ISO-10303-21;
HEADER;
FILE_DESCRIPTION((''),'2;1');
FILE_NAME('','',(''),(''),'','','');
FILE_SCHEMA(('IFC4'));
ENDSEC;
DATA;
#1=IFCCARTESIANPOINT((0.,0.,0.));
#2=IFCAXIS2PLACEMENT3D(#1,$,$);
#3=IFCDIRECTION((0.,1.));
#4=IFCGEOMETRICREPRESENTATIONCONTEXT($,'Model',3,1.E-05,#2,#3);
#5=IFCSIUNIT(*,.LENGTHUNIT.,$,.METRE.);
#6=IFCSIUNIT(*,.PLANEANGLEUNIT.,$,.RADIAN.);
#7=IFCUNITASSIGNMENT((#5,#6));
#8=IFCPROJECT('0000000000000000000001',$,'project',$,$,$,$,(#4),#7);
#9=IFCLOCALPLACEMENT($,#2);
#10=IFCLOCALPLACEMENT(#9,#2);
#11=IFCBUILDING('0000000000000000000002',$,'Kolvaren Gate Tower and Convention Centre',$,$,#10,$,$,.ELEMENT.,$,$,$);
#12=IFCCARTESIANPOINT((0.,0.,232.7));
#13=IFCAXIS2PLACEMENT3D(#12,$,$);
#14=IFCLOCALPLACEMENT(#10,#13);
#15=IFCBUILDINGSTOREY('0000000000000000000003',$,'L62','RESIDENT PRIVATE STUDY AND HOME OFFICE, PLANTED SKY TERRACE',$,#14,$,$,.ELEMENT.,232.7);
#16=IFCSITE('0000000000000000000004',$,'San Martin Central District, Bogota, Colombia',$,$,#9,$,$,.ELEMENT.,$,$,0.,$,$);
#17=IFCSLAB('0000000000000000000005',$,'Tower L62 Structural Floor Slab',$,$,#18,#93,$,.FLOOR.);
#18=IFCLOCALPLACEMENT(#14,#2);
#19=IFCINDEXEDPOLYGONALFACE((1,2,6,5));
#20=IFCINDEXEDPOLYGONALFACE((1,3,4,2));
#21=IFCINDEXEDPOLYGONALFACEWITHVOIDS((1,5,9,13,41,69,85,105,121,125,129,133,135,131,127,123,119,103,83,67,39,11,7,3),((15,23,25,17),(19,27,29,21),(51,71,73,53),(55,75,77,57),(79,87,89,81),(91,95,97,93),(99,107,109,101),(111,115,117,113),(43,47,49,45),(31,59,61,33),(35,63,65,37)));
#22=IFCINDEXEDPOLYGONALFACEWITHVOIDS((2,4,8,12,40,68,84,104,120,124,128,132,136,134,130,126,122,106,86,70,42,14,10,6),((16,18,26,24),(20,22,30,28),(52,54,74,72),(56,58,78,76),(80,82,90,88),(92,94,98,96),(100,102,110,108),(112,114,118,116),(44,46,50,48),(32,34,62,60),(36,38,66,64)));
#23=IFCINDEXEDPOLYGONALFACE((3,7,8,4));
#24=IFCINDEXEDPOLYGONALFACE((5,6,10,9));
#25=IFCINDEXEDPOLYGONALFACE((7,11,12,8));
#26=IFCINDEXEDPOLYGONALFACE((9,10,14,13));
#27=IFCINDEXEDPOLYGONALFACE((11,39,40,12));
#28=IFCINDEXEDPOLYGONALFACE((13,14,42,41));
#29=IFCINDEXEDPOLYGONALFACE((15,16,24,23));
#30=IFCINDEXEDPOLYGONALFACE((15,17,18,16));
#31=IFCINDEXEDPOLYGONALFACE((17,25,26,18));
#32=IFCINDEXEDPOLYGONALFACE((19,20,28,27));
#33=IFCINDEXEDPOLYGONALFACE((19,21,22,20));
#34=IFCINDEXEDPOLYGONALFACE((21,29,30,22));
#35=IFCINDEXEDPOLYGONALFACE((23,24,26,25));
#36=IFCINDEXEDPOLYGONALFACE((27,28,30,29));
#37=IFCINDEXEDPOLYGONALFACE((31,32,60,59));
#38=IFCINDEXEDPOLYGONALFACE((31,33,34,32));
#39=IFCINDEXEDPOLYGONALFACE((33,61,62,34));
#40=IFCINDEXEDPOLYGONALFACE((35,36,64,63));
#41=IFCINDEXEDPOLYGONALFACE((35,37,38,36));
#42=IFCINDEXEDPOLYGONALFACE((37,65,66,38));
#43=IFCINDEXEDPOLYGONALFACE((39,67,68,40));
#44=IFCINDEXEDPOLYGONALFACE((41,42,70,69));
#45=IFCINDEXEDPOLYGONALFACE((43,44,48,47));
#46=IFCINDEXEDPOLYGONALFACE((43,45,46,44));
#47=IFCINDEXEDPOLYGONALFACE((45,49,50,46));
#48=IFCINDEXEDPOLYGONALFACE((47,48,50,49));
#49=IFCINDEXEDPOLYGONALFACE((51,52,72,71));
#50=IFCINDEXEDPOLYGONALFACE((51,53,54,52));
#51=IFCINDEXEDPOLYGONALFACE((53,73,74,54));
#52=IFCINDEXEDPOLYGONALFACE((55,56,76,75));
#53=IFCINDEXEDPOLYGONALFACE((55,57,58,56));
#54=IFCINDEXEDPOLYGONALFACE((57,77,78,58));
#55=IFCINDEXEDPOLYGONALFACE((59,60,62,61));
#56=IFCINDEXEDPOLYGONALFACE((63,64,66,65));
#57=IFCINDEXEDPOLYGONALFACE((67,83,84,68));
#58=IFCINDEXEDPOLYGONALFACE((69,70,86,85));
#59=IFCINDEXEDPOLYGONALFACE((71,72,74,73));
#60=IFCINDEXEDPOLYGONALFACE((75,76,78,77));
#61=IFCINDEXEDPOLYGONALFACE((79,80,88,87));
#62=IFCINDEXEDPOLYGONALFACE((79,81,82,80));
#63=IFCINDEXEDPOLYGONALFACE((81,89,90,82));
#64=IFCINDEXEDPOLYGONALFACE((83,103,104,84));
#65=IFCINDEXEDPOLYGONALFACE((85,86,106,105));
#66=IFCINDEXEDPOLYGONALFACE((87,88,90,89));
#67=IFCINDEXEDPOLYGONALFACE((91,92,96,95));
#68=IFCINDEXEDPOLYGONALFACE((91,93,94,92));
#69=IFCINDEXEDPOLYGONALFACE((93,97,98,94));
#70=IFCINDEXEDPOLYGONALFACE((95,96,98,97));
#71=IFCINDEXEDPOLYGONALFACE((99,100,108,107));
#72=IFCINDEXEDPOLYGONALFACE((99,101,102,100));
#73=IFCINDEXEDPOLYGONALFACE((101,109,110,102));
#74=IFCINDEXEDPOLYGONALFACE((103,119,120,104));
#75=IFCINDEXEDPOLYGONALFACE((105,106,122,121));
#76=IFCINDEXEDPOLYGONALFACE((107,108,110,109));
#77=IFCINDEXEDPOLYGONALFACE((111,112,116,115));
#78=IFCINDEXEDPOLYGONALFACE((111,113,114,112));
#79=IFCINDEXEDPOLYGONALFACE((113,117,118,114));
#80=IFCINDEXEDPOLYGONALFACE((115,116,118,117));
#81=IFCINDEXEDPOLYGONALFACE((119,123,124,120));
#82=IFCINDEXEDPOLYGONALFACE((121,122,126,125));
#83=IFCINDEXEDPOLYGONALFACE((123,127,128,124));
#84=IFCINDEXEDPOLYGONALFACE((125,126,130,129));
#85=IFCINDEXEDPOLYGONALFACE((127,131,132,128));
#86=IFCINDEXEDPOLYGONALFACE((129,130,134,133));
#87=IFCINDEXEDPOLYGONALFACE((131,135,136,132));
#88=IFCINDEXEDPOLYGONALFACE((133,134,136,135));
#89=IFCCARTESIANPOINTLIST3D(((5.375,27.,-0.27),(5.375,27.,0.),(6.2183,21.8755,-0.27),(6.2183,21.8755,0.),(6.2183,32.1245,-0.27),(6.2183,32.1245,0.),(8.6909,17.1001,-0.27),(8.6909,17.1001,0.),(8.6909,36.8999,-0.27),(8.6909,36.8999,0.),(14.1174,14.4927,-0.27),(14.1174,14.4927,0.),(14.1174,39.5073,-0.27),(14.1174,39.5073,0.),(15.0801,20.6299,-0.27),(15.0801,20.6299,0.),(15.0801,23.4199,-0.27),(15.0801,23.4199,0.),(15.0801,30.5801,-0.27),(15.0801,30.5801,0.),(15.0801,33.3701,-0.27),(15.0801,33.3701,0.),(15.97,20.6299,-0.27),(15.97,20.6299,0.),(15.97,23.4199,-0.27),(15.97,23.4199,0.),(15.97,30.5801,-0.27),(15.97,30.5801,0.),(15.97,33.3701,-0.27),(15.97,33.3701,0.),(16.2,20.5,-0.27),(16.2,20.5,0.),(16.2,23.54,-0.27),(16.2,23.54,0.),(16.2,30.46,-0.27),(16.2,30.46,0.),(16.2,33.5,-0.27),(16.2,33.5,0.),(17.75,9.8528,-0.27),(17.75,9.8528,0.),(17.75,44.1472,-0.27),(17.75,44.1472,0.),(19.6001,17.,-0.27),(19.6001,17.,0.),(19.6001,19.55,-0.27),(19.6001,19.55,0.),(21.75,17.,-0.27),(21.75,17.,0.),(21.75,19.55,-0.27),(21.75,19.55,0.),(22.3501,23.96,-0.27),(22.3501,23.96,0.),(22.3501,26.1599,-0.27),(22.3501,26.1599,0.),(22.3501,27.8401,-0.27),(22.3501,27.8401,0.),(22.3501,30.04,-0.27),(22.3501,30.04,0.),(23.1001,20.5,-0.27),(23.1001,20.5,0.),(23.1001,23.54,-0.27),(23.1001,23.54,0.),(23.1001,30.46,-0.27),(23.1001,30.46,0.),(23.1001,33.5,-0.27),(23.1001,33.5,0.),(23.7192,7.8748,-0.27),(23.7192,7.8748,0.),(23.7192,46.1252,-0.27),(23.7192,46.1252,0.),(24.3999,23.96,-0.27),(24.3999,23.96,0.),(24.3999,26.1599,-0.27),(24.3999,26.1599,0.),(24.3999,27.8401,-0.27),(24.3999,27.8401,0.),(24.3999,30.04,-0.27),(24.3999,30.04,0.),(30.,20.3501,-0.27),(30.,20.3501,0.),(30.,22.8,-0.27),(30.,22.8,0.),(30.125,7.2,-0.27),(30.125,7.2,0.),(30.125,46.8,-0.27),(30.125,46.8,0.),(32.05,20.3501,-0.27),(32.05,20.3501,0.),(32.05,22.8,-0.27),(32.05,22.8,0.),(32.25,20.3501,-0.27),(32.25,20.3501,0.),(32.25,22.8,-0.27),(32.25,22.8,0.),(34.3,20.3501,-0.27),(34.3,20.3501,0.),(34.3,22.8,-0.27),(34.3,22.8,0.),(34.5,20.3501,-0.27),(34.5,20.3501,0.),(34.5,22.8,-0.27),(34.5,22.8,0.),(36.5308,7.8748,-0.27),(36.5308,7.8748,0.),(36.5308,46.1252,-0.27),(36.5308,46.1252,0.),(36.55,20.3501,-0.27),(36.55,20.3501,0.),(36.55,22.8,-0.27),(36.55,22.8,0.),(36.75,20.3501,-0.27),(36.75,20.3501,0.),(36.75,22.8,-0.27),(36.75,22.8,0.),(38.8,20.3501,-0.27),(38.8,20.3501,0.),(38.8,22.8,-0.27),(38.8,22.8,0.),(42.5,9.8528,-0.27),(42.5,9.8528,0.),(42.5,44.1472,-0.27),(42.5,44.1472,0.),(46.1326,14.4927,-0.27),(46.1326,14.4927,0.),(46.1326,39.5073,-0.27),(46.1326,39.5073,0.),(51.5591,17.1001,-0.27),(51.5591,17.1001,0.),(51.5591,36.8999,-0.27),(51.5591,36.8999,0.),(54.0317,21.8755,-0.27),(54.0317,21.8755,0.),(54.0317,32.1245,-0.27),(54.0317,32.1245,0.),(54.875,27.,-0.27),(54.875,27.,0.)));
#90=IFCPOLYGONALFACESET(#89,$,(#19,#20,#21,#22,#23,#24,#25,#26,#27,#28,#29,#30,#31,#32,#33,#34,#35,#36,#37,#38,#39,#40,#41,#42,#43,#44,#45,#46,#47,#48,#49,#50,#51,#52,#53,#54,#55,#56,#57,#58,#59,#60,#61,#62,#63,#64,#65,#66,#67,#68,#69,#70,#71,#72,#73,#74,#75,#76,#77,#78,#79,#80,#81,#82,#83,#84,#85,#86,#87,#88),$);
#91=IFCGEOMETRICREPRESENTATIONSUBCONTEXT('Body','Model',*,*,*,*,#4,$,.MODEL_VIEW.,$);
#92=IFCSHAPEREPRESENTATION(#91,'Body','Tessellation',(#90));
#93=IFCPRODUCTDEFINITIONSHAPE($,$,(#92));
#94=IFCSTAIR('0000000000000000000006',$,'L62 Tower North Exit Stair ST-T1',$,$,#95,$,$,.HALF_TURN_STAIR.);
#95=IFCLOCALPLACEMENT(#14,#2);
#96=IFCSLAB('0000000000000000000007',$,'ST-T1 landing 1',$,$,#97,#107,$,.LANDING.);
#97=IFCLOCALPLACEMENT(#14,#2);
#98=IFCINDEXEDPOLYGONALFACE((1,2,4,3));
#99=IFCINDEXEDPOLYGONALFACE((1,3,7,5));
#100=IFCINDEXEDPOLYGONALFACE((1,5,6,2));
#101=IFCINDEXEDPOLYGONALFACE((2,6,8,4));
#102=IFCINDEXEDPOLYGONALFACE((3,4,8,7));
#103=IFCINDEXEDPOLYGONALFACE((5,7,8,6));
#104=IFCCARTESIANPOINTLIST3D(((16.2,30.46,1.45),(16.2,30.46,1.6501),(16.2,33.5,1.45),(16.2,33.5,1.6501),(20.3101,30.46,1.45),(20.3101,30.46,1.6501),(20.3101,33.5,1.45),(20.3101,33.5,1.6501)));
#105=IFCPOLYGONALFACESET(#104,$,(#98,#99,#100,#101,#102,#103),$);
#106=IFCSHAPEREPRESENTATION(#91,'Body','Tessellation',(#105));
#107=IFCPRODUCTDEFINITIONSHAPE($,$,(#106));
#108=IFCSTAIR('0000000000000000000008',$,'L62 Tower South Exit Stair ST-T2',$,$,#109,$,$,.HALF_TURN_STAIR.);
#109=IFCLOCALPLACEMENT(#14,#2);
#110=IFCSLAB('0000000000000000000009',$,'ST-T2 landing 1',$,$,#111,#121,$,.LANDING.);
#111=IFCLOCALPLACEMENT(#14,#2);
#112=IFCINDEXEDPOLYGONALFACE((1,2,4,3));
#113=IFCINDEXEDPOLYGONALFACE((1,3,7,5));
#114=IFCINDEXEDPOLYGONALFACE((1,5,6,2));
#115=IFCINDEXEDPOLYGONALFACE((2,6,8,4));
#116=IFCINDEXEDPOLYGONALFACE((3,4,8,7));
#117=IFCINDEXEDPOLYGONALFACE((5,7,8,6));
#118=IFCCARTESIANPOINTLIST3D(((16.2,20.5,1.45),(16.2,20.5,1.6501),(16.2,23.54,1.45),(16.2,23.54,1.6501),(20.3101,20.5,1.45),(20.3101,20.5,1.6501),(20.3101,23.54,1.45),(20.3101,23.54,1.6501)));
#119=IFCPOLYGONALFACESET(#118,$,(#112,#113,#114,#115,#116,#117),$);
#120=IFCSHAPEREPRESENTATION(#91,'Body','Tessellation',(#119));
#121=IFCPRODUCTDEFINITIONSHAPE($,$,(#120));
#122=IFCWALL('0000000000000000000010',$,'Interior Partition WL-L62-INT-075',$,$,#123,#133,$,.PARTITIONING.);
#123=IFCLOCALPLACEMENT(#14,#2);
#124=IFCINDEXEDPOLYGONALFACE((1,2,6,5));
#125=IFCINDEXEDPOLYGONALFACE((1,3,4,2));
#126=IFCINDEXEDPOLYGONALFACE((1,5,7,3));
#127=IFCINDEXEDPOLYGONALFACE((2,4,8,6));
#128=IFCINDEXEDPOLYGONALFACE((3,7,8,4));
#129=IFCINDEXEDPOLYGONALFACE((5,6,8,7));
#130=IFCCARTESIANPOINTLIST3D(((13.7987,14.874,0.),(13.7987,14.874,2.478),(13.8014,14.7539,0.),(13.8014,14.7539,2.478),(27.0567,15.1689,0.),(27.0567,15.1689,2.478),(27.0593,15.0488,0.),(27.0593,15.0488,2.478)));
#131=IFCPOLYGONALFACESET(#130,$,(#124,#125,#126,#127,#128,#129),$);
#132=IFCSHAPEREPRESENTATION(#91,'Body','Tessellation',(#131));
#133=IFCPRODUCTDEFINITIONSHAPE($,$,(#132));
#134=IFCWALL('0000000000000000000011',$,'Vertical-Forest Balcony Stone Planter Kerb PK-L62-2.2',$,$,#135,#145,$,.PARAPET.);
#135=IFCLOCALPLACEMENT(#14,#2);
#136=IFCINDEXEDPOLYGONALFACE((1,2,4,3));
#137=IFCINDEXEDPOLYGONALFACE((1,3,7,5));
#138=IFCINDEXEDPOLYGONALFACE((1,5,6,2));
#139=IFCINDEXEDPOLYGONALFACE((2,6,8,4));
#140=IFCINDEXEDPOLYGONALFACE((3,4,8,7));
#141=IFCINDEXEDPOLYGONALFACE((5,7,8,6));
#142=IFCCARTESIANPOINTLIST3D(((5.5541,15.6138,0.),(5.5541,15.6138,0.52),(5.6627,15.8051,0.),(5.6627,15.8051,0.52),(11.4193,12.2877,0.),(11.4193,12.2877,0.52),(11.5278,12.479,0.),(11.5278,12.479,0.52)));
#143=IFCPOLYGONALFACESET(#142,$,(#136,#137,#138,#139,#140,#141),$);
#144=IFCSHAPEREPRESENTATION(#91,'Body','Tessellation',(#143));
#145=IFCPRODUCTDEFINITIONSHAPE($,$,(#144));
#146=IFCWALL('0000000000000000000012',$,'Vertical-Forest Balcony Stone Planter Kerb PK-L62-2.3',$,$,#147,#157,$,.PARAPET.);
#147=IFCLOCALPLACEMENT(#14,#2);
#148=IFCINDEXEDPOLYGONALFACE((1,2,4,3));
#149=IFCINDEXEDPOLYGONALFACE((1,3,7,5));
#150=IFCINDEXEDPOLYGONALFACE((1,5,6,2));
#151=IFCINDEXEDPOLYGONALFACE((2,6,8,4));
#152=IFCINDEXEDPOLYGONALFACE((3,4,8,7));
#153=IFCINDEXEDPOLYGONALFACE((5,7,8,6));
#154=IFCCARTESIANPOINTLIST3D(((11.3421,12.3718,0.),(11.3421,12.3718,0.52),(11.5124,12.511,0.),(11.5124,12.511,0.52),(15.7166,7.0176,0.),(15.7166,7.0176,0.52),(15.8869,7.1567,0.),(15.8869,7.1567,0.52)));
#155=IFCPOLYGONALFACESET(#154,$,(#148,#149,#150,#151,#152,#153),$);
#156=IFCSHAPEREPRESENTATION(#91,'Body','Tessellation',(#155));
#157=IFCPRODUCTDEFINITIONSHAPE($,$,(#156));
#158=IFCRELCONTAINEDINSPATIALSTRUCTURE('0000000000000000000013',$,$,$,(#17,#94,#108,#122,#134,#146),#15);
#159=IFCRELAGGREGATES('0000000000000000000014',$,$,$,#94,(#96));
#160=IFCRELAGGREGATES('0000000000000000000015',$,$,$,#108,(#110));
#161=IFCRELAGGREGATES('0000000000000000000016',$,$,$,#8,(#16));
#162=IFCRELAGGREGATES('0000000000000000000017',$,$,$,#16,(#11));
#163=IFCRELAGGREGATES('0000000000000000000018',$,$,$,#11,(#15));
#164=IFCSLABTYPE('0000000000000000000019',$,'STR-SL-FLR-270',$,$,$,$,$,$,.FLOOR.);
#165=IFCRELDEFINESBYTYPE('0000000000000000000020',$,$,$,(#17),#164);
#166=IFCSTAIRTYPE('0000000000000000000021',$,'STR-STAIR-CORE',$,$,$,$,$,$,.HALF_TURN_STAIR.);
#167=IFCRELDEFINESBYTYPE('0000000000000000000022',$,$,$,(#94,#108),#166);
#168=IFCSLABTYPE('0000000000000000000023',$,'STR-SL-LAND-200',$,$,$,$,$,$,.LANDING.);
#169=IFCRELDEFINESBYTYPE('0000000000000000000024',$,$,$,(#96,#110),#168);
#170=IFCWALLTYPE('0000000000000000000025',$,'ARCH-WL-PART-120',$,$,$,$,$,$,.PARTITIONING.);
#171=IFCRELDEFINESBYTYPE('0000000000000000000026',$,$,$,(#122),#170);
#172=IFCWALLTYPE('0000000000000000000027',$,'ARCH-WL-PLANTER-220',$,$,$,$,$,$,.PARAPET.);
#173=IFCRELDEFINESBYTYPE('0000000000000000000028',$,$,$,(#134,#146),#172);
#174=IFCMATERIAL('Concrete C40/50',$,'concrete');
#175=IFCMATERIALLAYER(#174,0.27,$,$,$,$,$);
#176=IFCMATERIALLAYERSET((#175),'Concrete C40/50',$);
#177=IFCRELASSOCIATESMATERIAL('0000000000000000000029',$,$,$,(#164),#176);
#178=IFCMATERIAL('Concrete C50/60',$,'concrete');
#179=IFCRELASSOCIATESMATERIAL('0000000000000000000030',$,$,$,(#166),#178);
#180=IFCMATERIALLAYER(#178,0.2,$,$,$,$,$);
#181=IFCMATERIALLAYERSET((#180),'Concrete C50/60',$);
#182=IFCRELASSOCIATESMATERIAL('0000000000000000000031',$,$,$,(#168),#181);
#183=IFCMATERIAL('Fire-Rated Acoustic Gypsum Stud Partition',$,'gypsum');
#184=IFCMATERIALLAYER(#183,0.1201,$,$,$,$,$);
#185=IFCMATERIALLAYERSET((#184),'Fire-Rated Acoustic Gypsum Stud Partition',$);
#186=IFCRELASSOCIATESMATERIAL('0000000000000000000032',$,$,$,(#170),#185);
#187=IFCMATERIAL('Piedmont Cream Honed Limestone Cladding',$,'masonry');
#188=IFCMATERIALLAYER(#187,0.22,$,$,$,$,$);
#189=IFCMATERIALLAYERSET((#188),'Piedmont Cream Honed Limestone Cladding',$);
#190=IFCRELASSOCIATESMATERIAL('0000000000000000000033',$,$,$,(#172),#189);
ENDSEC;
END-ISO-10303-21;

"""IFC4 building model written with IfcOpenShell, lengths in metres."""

from ifc_helpers import new_model, si_unit, direction, frame, frame_2d, origin, place, context, subcontext, project, spatial, polyline, rectangle, outline, extrude, material, layer, layer_set, type_object, element, aggregate, save


model = new_model("IFC4")

# Units and contexts
model_context = context("Model", 3, precision=1e-05, world=origin(), true_north=direction((0.0, 1.0)))
body_context = subcontext(model_context, "Body", "Model", "MODEL_VIEW")
ifc_project = project(units=[si_unit("LENGTHUNIT", "METRE"), si_unit("PLANEANGLEUNIT", "RADIAN")], contexts=[model_context])

# Site, building, storey
site_placement = place(None, origin())
site = spatial("IfcSite", under=ifc_project, at=site_placement, Name="San Martin Central District, Bogota, Colombia", CompositionType="ELEMENT", RefElevation=0.0)
building_placement = place(site_placement, origin())
building = spatial("IfcBuilding", under=site, at=building_placement, Name="Kolvaren Gate Tower and Convention Centre", CompositionType="ELEMENT")
storey_placement = place(building_placement, frame((0.0, 0.0, 232.7)))
storey = spatial("IfcBuildingStorey", under=building, at=storey_placement, Name="L62", Description="RESIDENT PRIVATE STUDY AND HOME OFFICE, PLANTED SKY TERRACE", CompositionType="ELEMENT", Elevation=232.7)

# Slab
ifc_material_1 = material(Name="Concrete C50/60", Category="concrete")
ifc_material_2 = material(Name="Concrete C40/50", Category="concrete")
ifc_layer_1 = layer(ifc_material_2, 0.27)
ifc_layer_set_1 = layer_set([ifc_layer_1], Name="Concrete C40/50")
slab_type_1 = type_object("IfcSlabType", Name="STR-SL-FLR-270", PredefinedType="FLOOR", material=ifc_layer_set_1)
slab_1_placement = place(storey_placement, frame((0.0, 0.0, -0.27)))
element("IfcSlab", 1, at=slab_1_placement, inside=storey, type_object=slab_type_1, Name="Tower L62 Structural Floor Slab", PredefinedType="FLOOR", context=body_context, shape_type="SweptSolid", body=[
    extrude(outline(polyline([(54.875, 27.0), (54.0317, 32.1245), (51.5591, 36.8999), (46.1326, 39.5073), (42.5, 44.1472), (36.5308, 46.1252), (30.125, 46.8), (23.7192, 46.1252), (17.75, 44.1472), (14.1174, 39.5073), (8.6909, 36.8999), (6.2183, 32.1245), (5.375, 27.0), (6.2183, 21.8755), (8.6909, 17.1001), (14.1174, 14.4927), (17.75, 9.8528), (23.7192, 7.8748), (30.125, 7.2), (36.5308, 7.8748), (42.5, 9.8528), (46.1326, 14.4927), (51.5591, 17.1001), (54.0317, 21.8755), (54.875, 27.0)]), holes=[polyline([(36.75, 20.3501), (36.75, 22.8), (38.8, 22.8), (38.8, 20.3501), (36.75, 20.3501)]), polyline([(36.55, 20.3501), (34.5, 20.3501), (34.5, 22.8), (36.55, 22.8), (36.55, 20.3501)]), polyline([(32.25, 20.3501), (32.25, 22.8), (34.3, 22.8), (34.3, 20.3501), (32.25, 20.3501)]), polyline([(30.0, 20.3501), (30.0, 22.8), (32.05, 22.8), (32.05, 20.3501), (30.0, 20.3501)]), polyline([(22.3501, 23.96), (22.3501, 26.1599), (24.3999, 26.1599), (24.3999, 23.96), (22.3501, 23.96)]), polyline([(22.3501, 27.8401), (22.3501, 30.04), (24.3999, 30.04), (24.3999, 27.8401), (22.3501, 27.8401)]), polyline([(16.2, 23.54), (23.1001, 23.54), (23.1001, 20.5), (16.2, 20.5), (16.2, 23.54)]), polyline([(16.2, 33.5), (23.1001, 33.5), (23.1001, 30.46), (16.2, 30.46), (16.2, 33.5)]), polyline([(21.75, 17.0), (19.6001, 17.0), (19.6001, 19.55), (21.75, 19.55), (21.75, 17.0)]), polyline([(15.0801, 30.5801), (15.0801, 33.3701), (15.97, 33.3701), (15.97, 30.5801), (15.0801, 30.5801)]), polyline([(15.97, 20.6299), (15.0801, 20.6299), (15.0801, 23.4199), (15.97, 23.4199), (15.97, 20.6299)])]), origin(), (0.0, 0.0, 1.0), 0.27),
])

# Stairs, slabs
stair_type = type_object("IfcStairType", Name="STR-STAIR-CORE", PredefinedType="HALF_TURN_STAIR", material=ifc_material_1)
stair_1_placement = place(storey_placement, origin())
stair_1 = element("IfcStair", 2, at=stair_1_placement, inside=storey, type_object=stair_type, Name="L62 Tower North Exit Stair ST-T1", PredefinedType="HALF_TURN_STAIR")
ifc_layer_2 = layer(ifc_material_1, 0.2)
ifc_layer_set_2 = layer_set([ifc_layer_2], Name="Concrete C50/60")
slab_type_2 = type_object("IfcSlabType", Name="STR-SL-LAND-200", PredefinedType="LANDING", material=ifc_layer_set_2)
slab_2_placement = place(storey_placement, frame((0.0, 0.0, 1.45)))
slab_2 = element("IfcSlab", 3, at=slab_2_placement, type_object=slab_type_2, Name="ST-T1 landing 1", PredefinedType="LANDING", context=body_context, shape_type="SweptSolid", body=[
    extrude(outline(polyline([(20.3101, 33.5), (16.2, 33.5), (16.2, 30.46), (20.3101, 30.46), (20.3101, 33.5)])), origin(), (0.0, 0.0, 1.0), 0.2002),
])
aggregate(stair_1, [slab_2])
stair_2_placement = place(storey_placement, origin())
stair_2 = element("IfcStair", 4, at=stair_2_placement, inside=storey, type_object=stair_type, Name="L62 Tower South Exit Stair ST-T2", PredefinedType="HALF_TURN_STAIR")
slab_3_placement = place(storey_placement, frame((0.0, 0.0, 1.45)))
slab_3 = element("IfcSlab", 5, at=slab_3_placement, type_object=slab_type_2, Name="ST-T2 landing 1", PredefinedType="LANDING", context=body_context, shape_type="SweptSolid", body=[
    extrude(outline(polyline([(20.3101, 23.54), (16.2, 23.54), (16.2, 20.5), (20.3101, 20.5), (20.3101, 23.54)])), origin(), (0.0, 0.0, 1.0), 0.2002),
])
aggregate(stair_2, [slab_3])

# Walls
ifc_material_3 = material(Name="Fire-Rated Acoustic Gypsum Stud Partition", Category="gypsum")
ifc_layer_3 = layer(ifc_material_3, 0.1201)
ifc_layer_set_3 = layer_set([ifc_layer_3], Name="Fire-Rated Acoustic Gypsum Stud Partition")
wall_type_1 = type_object("IfcWallType", Name="ARCH-WL-PART-120", PredefinedType="PARTITIONING", material=ifc_layer_set_3)
wall_1_placement = place(storey_placement, frame((13.8, 14.814, 0.0), z_axis=(0.0, 0.0, 1.0), x_axis=(0.999753, 0.022239, 0.0)))
element("IfcWall", 6, at=wall_1_placement, inside=storey, type_object=wall_type_1, Name="Interior Partition WL-L62-INT-075", PredefinedType="PARTITIONING", context=body_context, shape_type="SweptSolid", body=[
    extrude(rectangle(XDim=13.2612, YDim=0.1201, at=frame_2d((6.6306, 0.0))), origin(), (0.0, 0.0, 1.0), 2.478),
])
ifc_material_4 = material(Name="Piedmont Cream Honed Limestone Cladding", Category="masonry")
ifc_layer_4 = layer(ifc_material_4, 0.22)
ifc_layer_set_4 = layer_set([ifc_layer_4], Name="Piedmont Cream Honed Limestone Cladding")
wall_type_2 = type_object("IfcWallType", Name="ARCH-WL-PLANTER-220", PredefinedType="PARAPET", material=ifc_layer_set_4)
wall_2_placement = place(storey_placement, frame((5.6084, 15.7095, 0.0), z_axis=(0.0, 0.0, 1.0), x_axis=(0.869861, -0.493298, 0.0)))
element("IfcWall", 7, at=wall_2_placement, inside=storey, type_object=wall_type_2, Name="Vertical-Forest Balcony Stone Planter Kerb PK-L62-2.2", PredefinedType="PARAPET", context=body_context, shape_type="SweptSolid", body=[
    extrude(rectangle(XDim=6.7427, YDim=0.22, at=frame_2d((3.3713, 0.0))), origin(), (0.0, 0.0, 1.0), 0.52),
])
wall_3_placement = place(storey_placement, frame((11.4272, 12.4414, 0.0), z_axis=(0.0, 0.0, 1.0), x_axis=(0.632697, -0.774399, 0.0)))
element("IfcWall", 8, at=wall_3_placement, inside=storey, type_object=wall_type_2, Name="Vertical-Forest Balcony Stone Planter Kerb PK-L62-2.3", PredefinedType="PARAPET", context=body_context, shape_type="SweptSolid", body=[
    extrude(rectangle(XDim=6.9141, YDim=0.22, at=frame_2d((3.457, 0.0))), origin(), (0.0, 0.0, 1.0), 0.52),
])

save(model, "model.ifc")
